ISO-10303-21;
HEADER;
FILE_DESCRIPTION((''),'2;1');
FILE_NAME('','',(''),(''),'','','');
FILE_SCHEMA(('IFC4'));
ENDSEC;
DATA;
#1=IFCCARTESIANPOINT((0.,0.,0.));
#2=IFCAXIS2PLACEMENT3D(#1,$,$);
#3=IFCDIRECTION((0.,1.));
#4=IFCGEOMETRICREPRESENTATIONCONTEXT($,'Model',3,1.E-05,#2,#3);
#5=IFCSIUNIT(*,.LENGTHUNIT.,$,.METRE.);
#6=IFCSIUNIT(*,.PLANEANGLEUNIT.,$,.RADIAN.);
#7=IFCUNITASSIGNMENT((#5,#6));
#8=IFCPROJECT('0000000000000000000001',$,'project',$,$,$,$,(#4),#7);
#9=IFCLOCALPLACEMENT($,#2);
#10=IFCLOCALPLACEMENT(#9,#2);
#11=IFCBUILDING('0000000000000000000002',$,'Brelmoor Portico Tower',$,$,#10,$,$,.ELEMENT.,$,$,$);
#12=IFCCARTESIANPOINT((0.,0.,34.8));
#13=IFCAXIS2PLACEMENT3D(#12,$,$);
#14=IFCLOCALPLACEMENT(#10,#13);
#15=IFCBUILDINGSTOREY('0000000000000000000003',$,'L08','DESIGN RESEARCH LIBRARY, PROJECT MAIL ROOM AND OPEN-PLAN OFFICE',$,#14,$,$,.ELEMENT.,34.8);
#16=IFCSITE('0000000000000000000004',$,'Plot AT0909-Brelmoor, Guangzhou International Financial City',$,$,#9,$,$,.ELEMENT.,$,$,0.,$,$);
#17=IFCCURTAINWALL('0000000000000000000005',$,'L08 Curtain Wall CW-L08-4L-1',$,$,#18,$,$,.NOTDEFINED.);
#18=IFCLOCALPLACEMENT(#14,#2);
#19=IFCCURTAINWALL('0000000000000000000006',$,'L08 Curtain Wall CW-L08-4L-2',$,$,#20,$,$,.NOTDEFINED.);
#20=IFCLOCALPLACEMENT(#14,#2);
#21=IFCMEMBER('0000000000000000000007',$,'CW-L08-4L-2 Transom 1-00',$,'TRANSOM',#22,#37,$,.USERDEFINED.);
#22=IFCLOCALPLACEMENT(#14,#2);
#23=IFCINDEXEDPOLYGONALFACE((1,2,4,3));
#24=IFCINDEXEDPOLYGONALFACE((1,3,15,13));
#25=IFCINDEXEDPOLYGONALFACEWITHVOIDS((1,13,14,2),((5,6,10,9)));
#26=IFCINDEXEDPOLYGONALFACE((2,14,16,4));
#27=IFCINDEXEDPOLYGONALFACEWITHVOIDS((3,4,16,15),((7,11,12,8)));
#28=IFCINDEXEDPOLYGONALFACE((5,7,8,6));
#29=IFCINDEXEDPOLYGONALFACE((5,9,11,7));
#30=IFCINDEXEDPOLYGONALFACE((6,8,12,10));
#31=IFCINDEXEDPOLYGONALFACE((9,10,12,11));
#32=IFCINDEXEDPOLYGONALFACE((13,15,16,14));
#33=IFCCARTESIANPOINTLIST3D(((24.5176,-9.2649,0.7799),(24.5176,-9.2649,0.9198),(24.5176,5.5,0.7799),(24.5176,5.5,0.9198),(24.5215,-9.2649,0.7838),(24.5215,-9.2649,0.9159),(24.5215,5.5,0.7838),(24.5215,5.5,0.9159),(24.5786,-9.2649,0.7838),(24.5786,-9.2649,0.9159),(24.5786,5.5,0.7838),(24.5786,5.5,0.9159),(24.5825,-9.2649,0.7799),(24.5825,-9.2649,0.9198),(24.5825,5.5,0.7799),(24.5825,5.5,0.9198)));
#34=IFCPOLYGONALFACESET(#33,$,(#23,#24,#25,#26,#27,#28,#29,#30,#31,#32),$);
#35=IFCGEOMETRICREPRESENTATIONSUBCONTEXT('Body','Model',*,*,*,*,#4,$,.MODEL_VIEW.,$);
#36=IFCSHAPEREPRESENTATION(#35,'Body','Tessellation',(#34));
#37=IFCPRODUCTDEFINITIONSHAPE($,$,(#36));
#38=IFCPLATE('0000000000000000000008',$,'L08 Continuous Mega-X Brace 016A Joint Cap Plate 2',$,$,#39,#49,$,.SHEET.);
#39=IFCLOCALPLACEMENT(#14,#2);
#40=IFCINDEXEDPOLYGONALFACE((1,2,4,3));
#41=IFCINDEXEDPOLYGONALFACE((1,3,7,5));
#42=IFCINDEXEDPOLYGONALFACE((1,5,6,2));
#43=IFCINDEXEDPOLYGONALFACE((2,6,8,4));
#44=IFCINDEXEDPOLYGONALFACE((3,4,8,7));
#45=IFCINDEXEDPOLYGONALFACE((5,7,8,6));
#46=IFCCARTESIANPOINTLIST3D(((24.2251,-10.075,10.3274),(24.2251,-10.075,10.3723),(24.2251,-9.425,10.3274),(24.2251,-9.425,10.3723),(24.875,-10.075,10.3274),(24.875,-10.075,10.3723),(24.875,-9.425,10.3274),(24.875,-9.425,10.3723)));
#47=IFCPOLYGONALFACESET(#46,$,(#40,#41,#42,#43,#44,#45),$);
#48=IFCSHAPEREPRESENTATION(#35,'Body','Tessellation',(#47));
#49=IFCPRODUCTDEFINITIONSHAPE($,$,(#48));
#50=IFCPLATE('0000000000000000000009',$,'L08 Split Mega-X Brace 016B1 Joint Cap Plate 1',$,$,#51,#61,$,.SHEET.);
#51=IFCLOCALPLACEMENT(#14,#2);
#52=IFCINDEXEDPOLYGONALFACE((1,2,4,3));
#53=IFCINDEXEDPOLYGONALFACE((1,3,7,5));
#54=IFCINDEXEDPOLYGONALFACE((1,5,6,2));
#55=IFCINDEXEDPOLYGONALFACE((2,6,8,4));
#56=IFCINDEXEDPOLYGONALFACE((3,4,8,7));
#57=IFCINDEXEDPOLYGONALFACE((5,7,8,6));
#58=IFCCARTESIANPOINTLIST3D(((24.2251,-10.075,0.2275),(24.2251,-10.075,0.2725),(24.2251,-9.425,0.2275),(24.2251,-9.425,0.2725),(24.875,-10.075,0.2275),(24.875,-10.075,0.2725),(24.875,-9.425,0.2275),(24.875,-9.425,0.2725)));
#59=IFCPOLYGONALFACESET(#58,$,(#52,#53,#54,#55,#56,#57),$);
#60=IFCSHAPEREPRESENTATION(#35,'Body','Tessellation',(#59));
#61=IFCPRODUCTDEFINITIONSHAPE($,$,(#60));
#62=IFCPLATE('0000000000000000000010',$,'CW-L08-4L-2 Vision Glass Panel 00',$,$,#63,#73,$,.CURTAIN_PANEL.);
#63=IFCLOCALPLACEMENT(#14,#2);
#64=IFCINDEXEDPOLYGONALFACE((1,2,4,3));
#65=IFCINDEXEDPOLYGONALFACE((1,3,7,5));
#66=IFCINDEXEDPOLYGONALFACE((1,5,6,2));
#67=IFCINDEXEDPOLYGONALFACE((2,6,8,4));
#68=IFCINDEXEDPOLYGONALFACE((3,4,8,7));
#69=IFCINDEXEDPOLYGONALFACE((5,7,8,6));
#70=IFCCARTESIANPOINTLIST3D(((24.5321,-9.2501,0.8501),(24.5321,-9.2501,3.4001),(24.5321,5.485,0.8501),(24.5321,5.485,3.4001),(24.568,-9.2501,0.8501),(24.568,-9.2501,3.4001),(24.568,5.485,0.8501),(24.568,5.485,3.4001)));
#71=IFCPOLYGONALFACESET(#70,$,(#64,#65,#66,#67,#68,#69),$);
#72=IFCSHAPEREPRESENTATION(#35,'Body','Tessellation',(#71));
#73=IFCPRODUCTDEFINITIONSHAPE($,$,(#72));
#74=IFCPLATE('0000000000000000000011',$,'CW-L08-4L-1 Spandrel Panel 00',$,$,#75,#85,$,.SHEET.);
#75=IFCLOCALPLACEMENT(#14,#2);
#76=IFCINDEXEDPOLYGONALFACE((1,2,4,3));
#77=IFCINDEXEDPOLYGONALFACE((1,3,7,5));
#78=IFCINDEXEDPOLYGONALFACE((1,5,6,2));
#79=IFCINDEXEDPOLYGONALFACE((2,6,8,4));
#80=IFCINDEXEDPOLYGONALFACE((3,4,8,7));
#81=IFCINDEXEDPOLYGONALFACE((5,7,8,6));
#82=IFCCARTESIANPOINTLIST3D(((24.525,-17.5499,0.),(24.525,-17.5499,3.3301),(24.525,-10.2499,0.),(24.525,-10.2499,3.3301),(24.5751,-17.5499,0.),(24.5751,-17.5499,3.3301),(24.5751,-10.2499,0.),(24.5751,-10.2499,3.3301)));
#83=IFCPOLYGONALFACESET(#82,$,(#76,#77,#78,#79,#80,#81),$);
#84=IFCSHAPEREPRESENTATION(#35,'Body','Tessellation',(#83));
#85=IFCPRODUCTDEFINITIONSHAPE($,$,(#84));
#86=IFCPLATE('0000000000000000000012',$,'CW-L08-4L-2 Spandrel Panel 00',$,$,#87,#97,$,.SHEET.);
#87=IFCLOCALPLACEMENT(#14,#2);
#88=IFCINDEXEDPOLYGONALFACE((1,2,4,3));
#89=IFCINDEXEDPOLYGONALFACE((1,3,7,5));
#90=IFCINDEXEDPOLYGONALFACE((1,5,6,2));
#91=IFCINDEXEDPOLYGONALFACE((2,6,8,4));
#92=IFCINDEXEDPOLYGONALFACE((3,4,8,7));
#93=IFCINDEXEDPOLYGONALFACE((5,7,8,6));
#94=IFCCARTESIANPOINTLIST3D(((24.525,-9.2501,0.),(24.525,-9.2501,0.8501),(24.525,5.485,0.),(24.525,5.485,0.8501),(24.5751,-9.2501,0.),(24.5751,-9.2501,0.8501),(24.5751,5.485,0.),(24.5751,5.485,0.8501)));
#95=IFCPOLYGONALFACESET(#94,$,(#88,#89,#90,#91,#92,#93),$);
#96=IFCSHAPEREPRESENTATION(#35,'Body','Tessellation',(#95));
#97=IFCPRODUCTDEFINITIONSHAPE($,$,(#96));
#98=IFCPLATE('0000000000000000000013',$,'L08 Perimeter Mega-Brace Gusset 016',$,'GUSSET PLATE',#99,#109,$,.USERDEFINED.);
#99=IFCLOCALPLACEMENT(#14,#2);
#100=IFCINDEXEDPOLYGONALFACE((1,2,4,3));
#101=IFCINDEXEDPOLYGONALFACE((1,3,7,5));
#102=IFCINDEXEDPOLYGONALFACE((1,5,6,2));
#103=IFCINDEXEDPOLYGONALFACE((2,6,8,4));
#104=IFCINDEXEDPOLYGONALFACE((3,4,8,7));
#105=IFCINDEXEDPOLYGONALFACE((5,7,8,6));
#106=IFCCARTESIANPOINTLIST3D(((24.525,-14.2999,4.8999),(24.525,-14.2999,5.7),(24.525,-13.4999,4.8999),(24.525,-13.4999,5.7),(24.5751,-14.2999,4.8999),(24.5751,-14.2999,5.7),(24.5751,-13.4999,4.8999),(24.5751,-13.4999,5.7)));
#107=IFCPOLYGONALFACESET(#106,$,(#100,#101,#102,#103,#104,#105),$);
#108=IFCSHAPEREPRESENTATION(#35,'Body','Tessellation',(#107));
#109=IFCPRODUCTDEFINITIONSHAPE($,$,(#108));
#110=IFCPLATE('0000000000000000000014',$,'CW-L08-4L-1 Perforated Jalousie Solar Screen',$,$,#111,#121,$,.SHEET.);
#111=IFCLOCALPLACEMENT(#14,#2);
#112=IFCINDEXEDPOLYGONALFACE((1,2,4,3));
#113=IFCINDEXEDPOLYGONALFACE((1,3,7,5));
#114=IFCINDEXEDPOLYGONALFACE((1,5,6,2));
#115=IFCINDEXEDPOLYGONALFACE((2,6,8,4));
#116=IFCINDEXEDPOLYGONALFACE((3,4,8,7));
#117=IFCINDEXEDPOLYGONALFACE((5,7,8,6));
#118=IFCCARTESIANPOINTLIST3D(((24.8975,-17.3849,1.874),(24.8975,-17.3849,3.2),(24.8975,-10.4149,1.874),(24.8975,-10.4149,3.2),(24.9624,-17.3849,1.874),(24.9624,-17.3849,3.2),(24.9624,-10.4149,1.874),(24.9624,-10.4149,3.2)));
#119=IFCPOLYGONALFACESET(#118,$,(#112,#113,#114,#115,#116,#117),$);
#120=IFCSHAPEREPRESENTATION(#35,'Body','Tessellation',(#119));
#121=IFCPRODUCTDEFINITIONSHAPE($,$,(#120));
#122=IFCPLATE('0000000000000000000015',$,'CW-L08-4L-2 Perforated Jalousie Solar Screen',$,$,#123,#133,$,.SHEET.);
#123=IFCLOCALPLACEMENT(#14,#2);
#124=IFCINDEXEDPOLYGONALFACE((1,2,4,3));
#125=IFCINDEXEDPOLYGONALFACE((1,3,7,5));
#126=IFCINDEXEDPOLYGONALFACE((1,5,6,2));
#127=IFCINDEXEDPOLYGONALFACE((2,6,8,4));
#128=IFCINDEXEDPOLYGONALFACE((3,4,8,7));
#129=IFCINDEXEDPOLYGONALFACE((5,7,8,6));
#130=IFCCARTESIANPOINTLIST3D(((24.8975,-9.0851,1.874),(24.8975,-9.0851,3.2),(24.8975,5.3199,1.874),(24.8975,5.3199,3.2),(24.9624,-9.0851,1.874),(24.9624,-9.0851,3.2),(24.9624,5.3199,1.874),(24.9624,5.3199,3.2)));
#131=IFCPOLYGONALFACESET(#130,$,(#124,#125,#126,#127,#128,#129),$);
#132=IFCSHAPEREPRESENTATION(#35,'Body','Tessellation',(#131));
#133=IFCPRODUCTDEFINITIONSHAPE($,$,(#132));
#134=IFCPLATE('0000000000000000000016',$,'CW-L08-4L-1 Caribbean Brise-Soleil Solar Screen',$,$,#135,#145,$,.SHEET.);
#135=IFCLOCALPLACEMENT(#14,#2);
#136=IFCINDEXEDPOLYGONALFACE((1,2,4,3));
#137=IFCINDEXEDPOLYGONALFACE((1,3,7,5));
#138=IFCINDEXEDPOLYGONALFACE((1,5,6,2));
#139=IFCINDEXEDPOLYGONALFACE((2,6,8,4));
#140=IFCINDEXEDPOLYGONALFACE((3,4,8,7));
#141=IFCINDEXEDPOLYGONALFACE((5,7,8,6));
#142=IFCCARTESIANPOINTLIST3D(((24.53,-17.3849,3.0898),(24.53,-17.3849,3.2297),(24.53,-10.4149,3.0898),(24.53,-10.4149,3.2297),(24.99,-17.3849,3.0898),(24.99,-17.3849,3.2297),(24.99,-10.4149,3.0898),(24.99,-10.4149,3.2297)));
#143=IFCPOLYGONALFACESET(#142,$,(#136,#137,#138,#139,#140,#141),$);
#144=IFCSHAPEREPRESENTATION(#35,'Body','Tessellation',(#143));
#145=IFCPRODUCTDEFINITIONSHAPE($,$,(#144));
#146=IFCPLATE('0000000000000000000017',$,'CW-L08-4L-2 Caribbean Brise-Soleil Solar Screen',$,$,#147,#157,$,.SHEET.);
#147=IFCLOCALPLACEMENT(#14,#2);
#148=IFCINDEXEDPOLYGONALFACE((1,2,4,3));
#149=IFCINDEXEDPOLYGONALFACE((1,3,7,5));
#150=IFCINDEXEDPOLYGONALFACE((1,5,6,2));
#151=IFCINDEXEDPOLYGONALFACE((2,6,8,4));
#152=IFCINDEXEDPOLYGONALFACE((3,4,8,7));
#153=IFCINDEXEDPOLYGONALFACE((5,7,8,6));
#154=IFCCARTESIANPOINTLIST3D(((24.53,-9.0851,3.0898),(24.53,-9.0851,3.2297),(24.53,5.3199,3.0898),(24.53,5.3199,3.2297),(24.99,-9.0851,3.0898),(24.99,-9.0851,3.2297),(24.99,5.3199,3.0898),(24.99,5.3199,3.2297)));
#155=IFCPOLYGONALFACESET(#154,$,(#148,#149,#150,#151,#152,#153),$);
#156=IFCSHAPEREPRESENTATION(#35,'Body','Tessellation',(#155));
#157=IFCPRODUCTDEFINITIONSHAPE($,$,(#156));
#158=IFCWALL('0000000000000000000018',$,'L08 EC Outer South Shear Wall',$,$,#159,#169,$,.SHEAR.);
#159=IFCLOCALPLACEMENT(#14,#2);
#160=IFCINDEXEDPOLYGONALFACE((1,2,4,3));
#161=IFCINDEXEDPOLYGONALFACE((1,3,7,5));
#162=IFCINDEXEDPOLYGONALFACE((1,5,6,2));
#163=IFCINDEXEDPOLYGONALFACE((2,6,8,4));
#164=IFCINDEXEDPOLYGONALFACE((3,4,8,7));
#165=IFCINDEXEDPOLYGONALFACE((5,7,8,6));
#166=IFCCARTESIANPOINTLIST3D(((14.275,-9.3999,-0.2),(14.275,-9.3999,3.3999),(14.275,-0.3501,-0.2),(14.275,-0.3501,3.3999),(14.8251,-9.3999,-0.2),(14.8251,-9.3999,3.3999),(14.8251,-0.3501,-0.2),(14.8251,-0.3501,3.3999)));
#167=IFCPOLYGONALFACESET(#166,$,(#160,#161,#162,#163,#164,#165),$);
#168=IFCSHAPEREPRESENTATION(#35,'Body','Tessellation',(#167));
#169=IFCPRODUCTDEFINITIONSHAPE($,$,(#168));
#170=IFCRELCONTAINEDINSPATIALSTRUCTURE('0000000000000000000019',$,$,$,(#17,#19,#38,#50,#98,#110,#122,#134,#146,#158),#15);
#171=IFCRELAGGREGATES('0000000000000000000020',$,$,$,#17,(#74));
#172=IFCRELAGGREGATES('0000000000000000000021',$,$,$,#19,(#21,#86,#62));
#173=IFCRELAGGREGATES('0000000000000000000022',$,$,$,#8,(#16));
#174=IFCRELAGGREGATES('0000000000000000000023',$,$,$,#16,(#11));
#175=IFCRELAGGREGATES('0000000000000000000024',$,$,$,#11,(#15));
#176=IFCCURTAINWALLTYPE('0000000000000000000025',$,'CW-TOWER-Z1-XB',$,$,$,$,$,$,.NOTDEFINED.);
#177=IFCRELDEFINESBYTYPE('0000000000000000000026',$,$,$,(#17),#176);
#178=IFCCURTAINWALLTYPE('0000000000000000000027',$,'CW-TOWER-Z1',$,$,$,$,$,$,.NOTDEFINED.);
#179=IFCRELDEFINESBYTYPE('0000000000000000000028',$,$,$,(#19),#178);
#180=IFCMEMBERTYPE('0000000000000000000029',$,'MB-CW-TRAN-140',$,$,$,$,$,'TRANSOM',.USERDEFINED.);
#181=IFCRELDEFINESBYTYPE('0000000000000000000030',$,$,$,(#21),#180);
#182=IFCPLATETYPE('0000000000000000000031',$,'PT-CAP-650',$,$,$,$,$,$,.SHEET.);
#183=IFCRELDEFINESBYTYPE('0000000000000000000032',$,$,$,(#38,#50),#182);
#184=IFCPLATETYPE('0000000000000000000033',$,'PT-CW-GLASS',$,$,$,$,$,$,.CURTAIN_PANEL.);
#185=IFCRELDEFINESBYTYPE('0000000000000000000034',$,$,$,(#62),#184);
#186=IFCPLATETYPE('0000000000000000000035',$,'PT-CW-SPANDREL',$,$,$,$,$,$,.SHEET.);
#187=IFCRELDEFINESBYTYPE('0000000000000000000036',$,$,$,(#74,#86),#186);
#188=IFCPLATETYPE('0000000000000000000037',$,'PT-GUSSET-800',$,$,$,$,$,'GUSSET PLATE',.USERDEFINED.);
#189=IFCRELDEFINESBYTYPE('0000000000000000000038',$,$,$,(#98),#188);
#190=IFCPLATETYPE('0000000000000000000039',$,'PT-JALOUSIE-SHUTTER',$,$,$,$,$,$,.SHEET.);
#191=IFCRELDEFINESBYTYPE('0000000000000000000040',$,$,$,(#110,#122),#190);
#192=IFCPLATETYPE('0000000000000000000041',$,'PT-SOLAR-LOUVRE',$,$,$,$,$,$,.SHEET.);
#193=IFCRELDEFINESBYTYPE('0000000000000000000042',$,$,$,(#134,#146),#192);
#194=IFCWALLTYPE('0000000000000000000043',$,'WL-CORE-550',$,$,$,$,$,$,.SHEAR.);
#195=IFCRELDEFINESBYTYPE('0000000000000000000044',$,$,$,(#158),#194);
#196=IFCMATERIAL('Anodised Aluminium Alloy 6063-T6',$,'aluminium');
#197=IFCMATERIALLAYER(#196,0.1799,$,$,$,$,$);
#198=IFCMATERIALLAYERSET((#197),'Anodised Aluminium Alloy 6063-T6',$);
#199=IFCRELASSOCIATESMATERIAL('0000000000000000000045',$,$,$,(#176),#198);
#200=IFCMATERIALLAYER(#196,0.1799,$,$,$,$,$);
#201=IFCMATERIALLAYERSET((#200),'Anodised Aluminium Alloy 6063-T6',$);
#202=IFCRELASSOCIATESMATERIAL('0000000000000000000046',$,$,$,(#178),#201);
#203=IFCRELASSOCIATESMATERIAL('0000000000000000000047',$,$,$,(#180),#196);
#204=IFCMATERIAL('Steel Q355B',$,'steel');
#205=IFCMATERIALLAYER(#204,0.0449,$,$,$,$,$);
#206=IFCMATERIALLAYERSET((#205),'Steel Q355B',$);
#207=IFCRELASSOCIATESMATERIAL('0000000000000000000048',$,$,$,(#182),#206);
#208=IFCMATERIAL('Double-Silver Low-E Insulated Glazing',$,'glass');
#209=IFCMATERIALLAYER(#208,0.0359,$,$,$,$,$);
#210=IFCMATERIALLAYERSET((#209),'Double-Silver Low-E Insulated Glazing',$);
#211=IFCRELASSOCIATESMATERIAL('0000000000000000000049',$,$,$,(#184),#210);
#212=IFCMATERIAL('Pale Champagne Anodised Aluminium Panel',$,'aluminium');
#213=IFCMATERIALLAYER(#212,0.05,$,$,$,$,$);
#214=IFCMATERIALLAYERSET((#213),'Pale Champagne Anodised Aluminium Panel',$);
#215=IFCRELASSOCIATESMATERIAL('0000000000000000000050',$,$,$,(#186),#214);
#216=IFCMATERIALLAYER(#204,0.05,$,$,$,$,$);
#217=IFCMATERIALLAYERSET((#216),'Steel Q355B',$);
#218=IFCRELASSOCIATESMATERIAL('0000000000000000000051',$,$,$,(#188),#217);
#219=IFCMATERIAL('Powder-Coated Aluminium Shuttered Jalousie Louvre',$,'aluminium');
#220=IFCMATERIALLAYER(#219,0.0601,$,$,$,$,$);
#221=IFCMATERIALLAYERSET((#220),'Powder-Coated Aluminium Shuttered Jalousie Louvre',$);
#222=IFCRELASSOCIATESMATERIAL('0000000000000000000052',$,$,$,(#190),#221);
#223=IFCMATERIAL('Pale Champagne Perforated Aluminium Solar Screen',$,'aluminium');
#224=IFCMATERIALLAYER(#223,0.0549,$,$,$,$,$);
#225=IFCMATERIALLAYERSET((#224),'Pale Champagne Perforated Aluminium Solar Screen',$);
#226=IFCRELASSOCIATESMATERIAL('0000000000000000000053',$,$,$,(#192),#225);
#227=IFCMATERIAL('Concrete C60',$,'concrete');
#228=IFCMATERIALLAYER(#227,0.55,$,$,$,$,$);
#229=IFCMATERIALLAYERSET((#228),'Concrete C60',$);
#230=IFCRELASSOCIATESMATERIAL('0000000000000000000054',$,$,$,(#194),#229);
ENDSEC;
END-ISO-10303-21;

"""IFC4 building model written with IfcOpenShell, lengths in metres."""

from ifc_helpers import new_model, si_unit, direction, frame, frame_2d, origin, origin_2d, place, context, subcontext, project, spatial, rectangle, hollow_rectangle, extrude, material, layer, layer_set, material_profile, profile_set, type_object, element, aggregate, save


model = new_model("IFC4")

# Units and contexts
model_context = context("Model", 3, precision=1e-05, world=origin(), true_north=direction((0.0, 1.0)))
body_context = subcontext(model_context, "Body", "Model", "MODEL_VIEW")
ifc_project = project(units=[si_unit("LENGTHUNIT", "METRE"), si_unit("PLANEANGLEUNIT", "RADIAN")], contexts=[model_context])

# Site, building, storey
site_placement = place(None, origin())
site = spatial("IfcSite", under=ifc_project, at=site_placement, Name="Plot AT0909-Brelmoor, Guangzhou International Financial City", CompositionType="ELEMENT", RefElevation=0.0)
building_placement = place(site_placement, origin())
building = spatial("IfcBuilding", under=site, at=building_placement, Name="Brelmoor Portico Tower", CompositionType="ELEMENT")
storey_placement = place(building_placement, frame((0.0, 0.0, 34.8)))
storey = spatial("IfcBuildingStorey", under=building, at=storey_placement, Name="L08", Description="DESIGN RESEARCH LIBRARY, PROJECT MAIL ROOM AND OPEN-PLAN OFFICE", CompositionType="ELEMENT", Elevation=34.8)

# Shared definitions
ifc_material_1 = material(Name="Steel Q355B", Category="steel")

# Curtain wall
ifc_material_2 = material(Name="Anodised Aluminium Alloy 6063-T6", Category="aluminium")
ifc_layer_1 = layer(ifc_material_2, 0.1799)
ifc_layer_set_1 = layer_set([ifc_layer_1], Name="Anodised Aluminium Alloy 6063-T6")
curtain_wall_type_1 = type_object("IfcCurtainWallType", Name="CW-TOWER-Z1-XB", PredefinedType="NOTDEFINED", material=ifc_layer_set_1)
curtain_wall_1_placement = place(storey_placement, origin())
curtain_wall_1 = element("IfcCurtainWall", 1, at=curtain_wall_1_placement, inside=storey, type_object=curtain_wall_type_1, Name="L08 Curtain Wall CW-L08-4L-1", PredefinedType="NOTDEFINED")

# Curtain wall
ifc_layer_2 = layer(ifc_material_2, 0.1799)
ifc_layer_set_2 = layer_set([ifc_layer_2], Name="Anodised Aluminium Alloy 6063-T6")
curtain_wall_type_2 = type_object("IfcCurtainWallType", Name="CW-TOWER-Z1", PredefinedType="NOTDEFINED", material=ifc_layer_set_2)
curtain_wall_2_placement = place(storey_placement, origin())
curtain_wall_2 = element("IfcCurtainWall", 2, at=curtain_wall_2_placement, inside=storey, type_object=curtain_wall_type_2, Name="L08 Curtain Wall CW-L08-4L-2", PredefinedType="NOTDEFINED")

# Member
ifc_material_profile_1 = material_profile(ifc_material_2, hollow_rectangle(XDim=0.0649, YDim=0.1399, WallThickness=0.0039, at=origin_2d()), Name="ALU TRANSOM 65x140")
ifc_profile_set_1 = profile_set([ifc_material_profile_1], Name="Anodised Aluminium Alloy 6063-T6")
member_type_1 = type_object("IfcMemberType", Name="MB-CW-TRAN-140", ElementType="TRANSOM", PredefinedType="USERDEFINED", material=ifc_profile_set_1)
member_1_placement = place(storey_placement, frame((24.55, -9.2649, 0.8499), z_axis=(0.0, 1.0, 0.0), x_axis=(-1.0, 0.0, 0.0)))
member_1 = element("IfcMember", 3, at=member_1_placement, type_object=member_type_1, Name="CW-L08-4L-2 Transom 1-00", ObjectType="TRANSOM", PredefinedType="USERDEFINED", context=body_context, shape_type="SweptSolid", body=[
    extrude(hollow_rectangle(XDim=0.0649, YDim=0.1399, WallThickness=0.0039, at=origin_2d()), origin(), (0.0, 0.0, 1.0), 14.7649),
])

# Plates
ifc_layer_3 = layer(ifc_material_1, 0.0449)
ifc_layer_set_3 = layer_set([ifc_layer_3], Name="Steel Q355B")
plate_type_1 = type_object("IfcPlateType", Name="PT-CAP-650", PredefinedType="SHEET", material=ifc_layer_set_3)
for number, where, z_axis, x_axis, name in (
    (4, (24.55, -9.75, 10.3274), (0.0, 0.0, 1.0), (1.0, 0.0, 0.0), "L08 Continuous Mega-X Brace 016A Joint Cap Plate 2"),
    (5, (24.55, -9.75, 0.2275), (0.0, 0.0, 1.0), (1.0, 0.0, 0.0), "L08 Split Mega-X Brace 016B1 Joint Cap Plate 1"),
):
    element("IfcPlate", number, at=place(storey_placement, frame(where, z_axis=z_axis, x_axis=x_axis)), inside=storey, type_object=plate_type_1, Name=name, PredefinedType="SHEET", context=body_context, shape_type="SweptSolid", body=[
        extrude(rectangle(XDim=0.6499, YDim=0.6499, at=origin_2d()), origin(), (0.0, 0.0, 1.0), 0.0449),
    ])

# Plates
ifc_material_3 = material(Name="Double-Silver Low-E Insulated Glazing", Category="glass")
ifc_layer_4 = layer(ifc_material_3, 0.0359)
ifc_layer_set_4 = layer_set([ifc_layer_4], Name="Double-Silver Low-E Insulated Glazing")
plate_type_2 = type_object("IfcPlateType", Name="PT-CW-GLASS", PredefinedType="CURTAIN_PANEL", material=ifc_layer_set_4)
plate_1_placement = place(storey_placement, frame((24.55, -1.8826, 0.8501), z_axis=(0.0, 0.0, 1.0), x_axis=(0.0, 1.0, 0.0)))
plate_1 = element("IfcPlate", 6, at=plate_1_placement, type_object=plate_type_2, Name="CW-L08-4L-2 Vision Glass Panel 00", PredefinedType="CURTAIN_PANEL", context=body_context, shape_type="SweptSolid", body=[
    extrude(rectangle(XDim=14.7351, YDim=0.0359, at=origin_2d()), origin(), (0.0, 0.0, 1.0), 2.55),
])
ifc_material_4 = material(Name="Pale Champagne Anodised Aluminium Panel", Category="aluminium")
ifc_layer_5 = layer(ifc_material_4, 0.05)
ifc_layer_set_5 = layer_set([ifc_layer_5], Name="Pale Champagne Anodised Aluminium Panel")
plate_type_3 = type_object("IfcPlateType", Name="PT-CW-SPANDREL", PredefinedType="SHEET", material=ifc_layer_set_5)
plate_2_placement = place(storey_placement, frame((24.55, -13.8999, 0.0), z_axis=(0.0, 0.0, 1.0), x_axis=(0.0, 1.0, 0.0)))
plate_2 = element("IfcPlate", 7, at=plate_2_placement, type_object=plate_type_3, Name="CW-L08-4L-1 Spandrel Panel 00", PredefinedType="SHEET", context=body_context, shape_type="SweptSolid", body=[
    extrude(rectangle(XDim=7.3, YDim=0.05, at=origin_2d()), origin(), (0.0, 0.0, 1.0), 3.3301),
])
aggregate(curtain_wall_1, [plate_2])
plate_3_placement = place(storey_placement, frame((24.55, -1.8826, 0.0), z_axis=(0.0, 0.0, 1.0), x_axis=(0.0, 1.0, 0.0)))
plate_3 = element("IfcPlate", 8, at=plate_3_placement, type_object=plate_type_3, Name="CW-L08-4L-2 Spandrel Panel 00", PredefinedType="SHEET", context=body_context, shape_type="SweptSolid", body=[
    extrude(rectangle(XDim=14.7351, YDim=0.05, at=origin_2d()), origin(), (0.0, 0.0, 1.0), 0.8501),
])
aggregate(curtain_wall_2, [member_1, plate_3, plate_1])

# Plates
ifc_layer_6 = layer(ifc_material_1, 0.05)
ifc_layer_set_6 = layer_set([ifc_layer_6], Name="Steel Q355B")
plate_type_4 = type_object("IfcPlateType", Name="PT-GUSSET-800", ElementType="GUSSET PLATE", PredefinedType="USERDEFINED", material=ifc_layer_set_6)
plate_4_placement = place(storey_placement, frame((24.55, -13.8999, 4.8999), z_axis=(0.0, 0.0, 1.0), x_axis=(1.0, 0.0, 0.0)))
element("IfcPlate", 9, at=plate_4_placement, inside=storey, type_object=plate_type_4, Name="L08 Perimeter Mega-Brace Gusset 016", ObjectType="GUSSET PLATE", PredefinedType="USERDEFINED", context=body_context, shape_type="SweptSolid", body=[
    extrude(rectangle(XDim=0.05, YDim=0.8, at=origin_2d()), origin(), (0.0, 0.0, 1.0), 0.8),
])
ifc_material_5 = material(Name="Powder-Coated Aluminium Shuttered Jalousie Louvre", Category="aluminium")
ifc_layer_7 = layer(ifc_material_5, 0.0601)
ifc_layer_set_7 = layer_set([ifc_layer_7], Name="Powder-Coated Aluminium Shuttered Jalousie Louvre")
plate_type_5 = type_object("IfcPlateType", Name="PT-JALOUSIE-SHUTTER", PredefinedType="SHEET", material=ifc_layer_set_7)
plate_5_placement = place(storey_placement, frame((24.9299, -13.8999, 1.874), z_axis=(0.0, 0.0, 1.0), x_axis=(0.0, 1.0, 0.0)))
element("IfcPlate", 10, at=plate_5_placement, inside=storey, type_object=plate_type_5, Name="CW-L08-4L-1 Perforated Jalousie Solar Screen", PredefinedType="SHEET", context=body_context, shape_type="SweptSolid", body=[
    extrude(rectangle(XDim=6.97, YDim=0.0649, at=origin_2d()), origin(), (0.0, 0.0, 1.0), 1.3259),
])
plate_6_placement = place(storey_placement, frame((24.9299, -1.8826, 1.874), z_axis=(0.0, 0.0, 1.0), x_axis=(0.0, 1.0, 0.0)))
element("IfcPlate", 11, at=plate_6_placement, inside=storey, type_object=plate_type_5, Name="CW-L08-4L-2 Perforated Jalousie Solar Screen", PredefinedType="SHEET", context=body_context, shape_type="SweptSolid", body=[
    extrude(rectangle(XDim=14.405, YDim=0.0649, at=origin_2d()), origin(), (0.0, 0.0, 1.0), 1.3259),
])
ifc_material_6 = material(Name="Pale Champagne Perforated Aluminium Solar Screen", Category="aluminium")
ifc_layer_8 = layer(ifc_material_6, 0.0549)
ifc_layer_set_8 = layer_set([ifc_layer_8], Name="Pale Champagne Perforated Aluminium Solar Screen")
plate_type_6 = type_object("IfcPlateType", Name="PT-SOLAR-LOUVRE", PredefinedType="SHEET", material=ifc_layer_set_8)
plate_7_placement = place(storey_placement, frame((24.76, -13.8999, 3.0898), z_axis=(0.0, 0.0, 1.0), x_axis=(0.0, 1.0, 0.0)))
element("IfcPlate", 12, at=plate_7_placement, inside=storey, type_object=plate_type_6, Name="CW-L08-4L-1 Caribbean Brise-Soleil Solar Screen", PredefinedType="SHEET", context=body_context, shape_type="SweptSolid", body=[
    extrude(rectangle(XDim=6.97, YDim=0.46, at=origin_2d()), origin(), (0.0, 0.0, 1.0), 0.1399),
])
plate_8_placement = place(storey_placement, frame((24.76, -1.8826, 3.0898), z_axis=(0.0, 0.0, 1.0), x_axis=(0.0, 1.0, 0.0)))
element("IfcPlate", 13, at=plate_8_placement, inside=storey, type_object=plate_type_6, Name="CW-L08-4L-2 Caribbean Brise-Soleil Solar Screen", PredefinedType="SHEET", context=body_context, shape_type="SweptSolid", body=[
    extrude(rectangle(XDim=14.405, YDim=0.46, at=origin_2d()), origin(), (0.0, 0.0, 1.0), 0.1399),
])

# Wall
ifc_material_7 = material(Name="Concrete C60", Category="concrete")
ifc_layer_9 = layer(ifc_material_7, 0.55)
ifc_layer_set_9 = layer_set([ifc_layer_9], Name="Concrete C60")
wall_type_1 = type_object("IfcWallType", Name="WL-CORE-550", PredefinedType="SHEAR", material=ifc_layer_set_9)
wall_1_placement = place(storey_placement, frame((14.55, -9.3999, -0.2), z_axis=(0.0, 0.0, 1.0), x_axis=(0.0, 1.0, 0.0)))
element("IfcWall", 14, at=wall_1_placement, inside=storey, type_object=wall_type_1, Name="L08 EC Outer South Shear Wall", PredefinedType="SHEAR", context=body_context, shape_type="SweptSolid", body=[
    extrude(rectangle(XDim=9.0498, YDim=0.55, at=frame_2d((4.5249, 0.0))), origin(), (0.0, 0.0, 1.0), 3.5999),
])

save(model, "model.ifc")
